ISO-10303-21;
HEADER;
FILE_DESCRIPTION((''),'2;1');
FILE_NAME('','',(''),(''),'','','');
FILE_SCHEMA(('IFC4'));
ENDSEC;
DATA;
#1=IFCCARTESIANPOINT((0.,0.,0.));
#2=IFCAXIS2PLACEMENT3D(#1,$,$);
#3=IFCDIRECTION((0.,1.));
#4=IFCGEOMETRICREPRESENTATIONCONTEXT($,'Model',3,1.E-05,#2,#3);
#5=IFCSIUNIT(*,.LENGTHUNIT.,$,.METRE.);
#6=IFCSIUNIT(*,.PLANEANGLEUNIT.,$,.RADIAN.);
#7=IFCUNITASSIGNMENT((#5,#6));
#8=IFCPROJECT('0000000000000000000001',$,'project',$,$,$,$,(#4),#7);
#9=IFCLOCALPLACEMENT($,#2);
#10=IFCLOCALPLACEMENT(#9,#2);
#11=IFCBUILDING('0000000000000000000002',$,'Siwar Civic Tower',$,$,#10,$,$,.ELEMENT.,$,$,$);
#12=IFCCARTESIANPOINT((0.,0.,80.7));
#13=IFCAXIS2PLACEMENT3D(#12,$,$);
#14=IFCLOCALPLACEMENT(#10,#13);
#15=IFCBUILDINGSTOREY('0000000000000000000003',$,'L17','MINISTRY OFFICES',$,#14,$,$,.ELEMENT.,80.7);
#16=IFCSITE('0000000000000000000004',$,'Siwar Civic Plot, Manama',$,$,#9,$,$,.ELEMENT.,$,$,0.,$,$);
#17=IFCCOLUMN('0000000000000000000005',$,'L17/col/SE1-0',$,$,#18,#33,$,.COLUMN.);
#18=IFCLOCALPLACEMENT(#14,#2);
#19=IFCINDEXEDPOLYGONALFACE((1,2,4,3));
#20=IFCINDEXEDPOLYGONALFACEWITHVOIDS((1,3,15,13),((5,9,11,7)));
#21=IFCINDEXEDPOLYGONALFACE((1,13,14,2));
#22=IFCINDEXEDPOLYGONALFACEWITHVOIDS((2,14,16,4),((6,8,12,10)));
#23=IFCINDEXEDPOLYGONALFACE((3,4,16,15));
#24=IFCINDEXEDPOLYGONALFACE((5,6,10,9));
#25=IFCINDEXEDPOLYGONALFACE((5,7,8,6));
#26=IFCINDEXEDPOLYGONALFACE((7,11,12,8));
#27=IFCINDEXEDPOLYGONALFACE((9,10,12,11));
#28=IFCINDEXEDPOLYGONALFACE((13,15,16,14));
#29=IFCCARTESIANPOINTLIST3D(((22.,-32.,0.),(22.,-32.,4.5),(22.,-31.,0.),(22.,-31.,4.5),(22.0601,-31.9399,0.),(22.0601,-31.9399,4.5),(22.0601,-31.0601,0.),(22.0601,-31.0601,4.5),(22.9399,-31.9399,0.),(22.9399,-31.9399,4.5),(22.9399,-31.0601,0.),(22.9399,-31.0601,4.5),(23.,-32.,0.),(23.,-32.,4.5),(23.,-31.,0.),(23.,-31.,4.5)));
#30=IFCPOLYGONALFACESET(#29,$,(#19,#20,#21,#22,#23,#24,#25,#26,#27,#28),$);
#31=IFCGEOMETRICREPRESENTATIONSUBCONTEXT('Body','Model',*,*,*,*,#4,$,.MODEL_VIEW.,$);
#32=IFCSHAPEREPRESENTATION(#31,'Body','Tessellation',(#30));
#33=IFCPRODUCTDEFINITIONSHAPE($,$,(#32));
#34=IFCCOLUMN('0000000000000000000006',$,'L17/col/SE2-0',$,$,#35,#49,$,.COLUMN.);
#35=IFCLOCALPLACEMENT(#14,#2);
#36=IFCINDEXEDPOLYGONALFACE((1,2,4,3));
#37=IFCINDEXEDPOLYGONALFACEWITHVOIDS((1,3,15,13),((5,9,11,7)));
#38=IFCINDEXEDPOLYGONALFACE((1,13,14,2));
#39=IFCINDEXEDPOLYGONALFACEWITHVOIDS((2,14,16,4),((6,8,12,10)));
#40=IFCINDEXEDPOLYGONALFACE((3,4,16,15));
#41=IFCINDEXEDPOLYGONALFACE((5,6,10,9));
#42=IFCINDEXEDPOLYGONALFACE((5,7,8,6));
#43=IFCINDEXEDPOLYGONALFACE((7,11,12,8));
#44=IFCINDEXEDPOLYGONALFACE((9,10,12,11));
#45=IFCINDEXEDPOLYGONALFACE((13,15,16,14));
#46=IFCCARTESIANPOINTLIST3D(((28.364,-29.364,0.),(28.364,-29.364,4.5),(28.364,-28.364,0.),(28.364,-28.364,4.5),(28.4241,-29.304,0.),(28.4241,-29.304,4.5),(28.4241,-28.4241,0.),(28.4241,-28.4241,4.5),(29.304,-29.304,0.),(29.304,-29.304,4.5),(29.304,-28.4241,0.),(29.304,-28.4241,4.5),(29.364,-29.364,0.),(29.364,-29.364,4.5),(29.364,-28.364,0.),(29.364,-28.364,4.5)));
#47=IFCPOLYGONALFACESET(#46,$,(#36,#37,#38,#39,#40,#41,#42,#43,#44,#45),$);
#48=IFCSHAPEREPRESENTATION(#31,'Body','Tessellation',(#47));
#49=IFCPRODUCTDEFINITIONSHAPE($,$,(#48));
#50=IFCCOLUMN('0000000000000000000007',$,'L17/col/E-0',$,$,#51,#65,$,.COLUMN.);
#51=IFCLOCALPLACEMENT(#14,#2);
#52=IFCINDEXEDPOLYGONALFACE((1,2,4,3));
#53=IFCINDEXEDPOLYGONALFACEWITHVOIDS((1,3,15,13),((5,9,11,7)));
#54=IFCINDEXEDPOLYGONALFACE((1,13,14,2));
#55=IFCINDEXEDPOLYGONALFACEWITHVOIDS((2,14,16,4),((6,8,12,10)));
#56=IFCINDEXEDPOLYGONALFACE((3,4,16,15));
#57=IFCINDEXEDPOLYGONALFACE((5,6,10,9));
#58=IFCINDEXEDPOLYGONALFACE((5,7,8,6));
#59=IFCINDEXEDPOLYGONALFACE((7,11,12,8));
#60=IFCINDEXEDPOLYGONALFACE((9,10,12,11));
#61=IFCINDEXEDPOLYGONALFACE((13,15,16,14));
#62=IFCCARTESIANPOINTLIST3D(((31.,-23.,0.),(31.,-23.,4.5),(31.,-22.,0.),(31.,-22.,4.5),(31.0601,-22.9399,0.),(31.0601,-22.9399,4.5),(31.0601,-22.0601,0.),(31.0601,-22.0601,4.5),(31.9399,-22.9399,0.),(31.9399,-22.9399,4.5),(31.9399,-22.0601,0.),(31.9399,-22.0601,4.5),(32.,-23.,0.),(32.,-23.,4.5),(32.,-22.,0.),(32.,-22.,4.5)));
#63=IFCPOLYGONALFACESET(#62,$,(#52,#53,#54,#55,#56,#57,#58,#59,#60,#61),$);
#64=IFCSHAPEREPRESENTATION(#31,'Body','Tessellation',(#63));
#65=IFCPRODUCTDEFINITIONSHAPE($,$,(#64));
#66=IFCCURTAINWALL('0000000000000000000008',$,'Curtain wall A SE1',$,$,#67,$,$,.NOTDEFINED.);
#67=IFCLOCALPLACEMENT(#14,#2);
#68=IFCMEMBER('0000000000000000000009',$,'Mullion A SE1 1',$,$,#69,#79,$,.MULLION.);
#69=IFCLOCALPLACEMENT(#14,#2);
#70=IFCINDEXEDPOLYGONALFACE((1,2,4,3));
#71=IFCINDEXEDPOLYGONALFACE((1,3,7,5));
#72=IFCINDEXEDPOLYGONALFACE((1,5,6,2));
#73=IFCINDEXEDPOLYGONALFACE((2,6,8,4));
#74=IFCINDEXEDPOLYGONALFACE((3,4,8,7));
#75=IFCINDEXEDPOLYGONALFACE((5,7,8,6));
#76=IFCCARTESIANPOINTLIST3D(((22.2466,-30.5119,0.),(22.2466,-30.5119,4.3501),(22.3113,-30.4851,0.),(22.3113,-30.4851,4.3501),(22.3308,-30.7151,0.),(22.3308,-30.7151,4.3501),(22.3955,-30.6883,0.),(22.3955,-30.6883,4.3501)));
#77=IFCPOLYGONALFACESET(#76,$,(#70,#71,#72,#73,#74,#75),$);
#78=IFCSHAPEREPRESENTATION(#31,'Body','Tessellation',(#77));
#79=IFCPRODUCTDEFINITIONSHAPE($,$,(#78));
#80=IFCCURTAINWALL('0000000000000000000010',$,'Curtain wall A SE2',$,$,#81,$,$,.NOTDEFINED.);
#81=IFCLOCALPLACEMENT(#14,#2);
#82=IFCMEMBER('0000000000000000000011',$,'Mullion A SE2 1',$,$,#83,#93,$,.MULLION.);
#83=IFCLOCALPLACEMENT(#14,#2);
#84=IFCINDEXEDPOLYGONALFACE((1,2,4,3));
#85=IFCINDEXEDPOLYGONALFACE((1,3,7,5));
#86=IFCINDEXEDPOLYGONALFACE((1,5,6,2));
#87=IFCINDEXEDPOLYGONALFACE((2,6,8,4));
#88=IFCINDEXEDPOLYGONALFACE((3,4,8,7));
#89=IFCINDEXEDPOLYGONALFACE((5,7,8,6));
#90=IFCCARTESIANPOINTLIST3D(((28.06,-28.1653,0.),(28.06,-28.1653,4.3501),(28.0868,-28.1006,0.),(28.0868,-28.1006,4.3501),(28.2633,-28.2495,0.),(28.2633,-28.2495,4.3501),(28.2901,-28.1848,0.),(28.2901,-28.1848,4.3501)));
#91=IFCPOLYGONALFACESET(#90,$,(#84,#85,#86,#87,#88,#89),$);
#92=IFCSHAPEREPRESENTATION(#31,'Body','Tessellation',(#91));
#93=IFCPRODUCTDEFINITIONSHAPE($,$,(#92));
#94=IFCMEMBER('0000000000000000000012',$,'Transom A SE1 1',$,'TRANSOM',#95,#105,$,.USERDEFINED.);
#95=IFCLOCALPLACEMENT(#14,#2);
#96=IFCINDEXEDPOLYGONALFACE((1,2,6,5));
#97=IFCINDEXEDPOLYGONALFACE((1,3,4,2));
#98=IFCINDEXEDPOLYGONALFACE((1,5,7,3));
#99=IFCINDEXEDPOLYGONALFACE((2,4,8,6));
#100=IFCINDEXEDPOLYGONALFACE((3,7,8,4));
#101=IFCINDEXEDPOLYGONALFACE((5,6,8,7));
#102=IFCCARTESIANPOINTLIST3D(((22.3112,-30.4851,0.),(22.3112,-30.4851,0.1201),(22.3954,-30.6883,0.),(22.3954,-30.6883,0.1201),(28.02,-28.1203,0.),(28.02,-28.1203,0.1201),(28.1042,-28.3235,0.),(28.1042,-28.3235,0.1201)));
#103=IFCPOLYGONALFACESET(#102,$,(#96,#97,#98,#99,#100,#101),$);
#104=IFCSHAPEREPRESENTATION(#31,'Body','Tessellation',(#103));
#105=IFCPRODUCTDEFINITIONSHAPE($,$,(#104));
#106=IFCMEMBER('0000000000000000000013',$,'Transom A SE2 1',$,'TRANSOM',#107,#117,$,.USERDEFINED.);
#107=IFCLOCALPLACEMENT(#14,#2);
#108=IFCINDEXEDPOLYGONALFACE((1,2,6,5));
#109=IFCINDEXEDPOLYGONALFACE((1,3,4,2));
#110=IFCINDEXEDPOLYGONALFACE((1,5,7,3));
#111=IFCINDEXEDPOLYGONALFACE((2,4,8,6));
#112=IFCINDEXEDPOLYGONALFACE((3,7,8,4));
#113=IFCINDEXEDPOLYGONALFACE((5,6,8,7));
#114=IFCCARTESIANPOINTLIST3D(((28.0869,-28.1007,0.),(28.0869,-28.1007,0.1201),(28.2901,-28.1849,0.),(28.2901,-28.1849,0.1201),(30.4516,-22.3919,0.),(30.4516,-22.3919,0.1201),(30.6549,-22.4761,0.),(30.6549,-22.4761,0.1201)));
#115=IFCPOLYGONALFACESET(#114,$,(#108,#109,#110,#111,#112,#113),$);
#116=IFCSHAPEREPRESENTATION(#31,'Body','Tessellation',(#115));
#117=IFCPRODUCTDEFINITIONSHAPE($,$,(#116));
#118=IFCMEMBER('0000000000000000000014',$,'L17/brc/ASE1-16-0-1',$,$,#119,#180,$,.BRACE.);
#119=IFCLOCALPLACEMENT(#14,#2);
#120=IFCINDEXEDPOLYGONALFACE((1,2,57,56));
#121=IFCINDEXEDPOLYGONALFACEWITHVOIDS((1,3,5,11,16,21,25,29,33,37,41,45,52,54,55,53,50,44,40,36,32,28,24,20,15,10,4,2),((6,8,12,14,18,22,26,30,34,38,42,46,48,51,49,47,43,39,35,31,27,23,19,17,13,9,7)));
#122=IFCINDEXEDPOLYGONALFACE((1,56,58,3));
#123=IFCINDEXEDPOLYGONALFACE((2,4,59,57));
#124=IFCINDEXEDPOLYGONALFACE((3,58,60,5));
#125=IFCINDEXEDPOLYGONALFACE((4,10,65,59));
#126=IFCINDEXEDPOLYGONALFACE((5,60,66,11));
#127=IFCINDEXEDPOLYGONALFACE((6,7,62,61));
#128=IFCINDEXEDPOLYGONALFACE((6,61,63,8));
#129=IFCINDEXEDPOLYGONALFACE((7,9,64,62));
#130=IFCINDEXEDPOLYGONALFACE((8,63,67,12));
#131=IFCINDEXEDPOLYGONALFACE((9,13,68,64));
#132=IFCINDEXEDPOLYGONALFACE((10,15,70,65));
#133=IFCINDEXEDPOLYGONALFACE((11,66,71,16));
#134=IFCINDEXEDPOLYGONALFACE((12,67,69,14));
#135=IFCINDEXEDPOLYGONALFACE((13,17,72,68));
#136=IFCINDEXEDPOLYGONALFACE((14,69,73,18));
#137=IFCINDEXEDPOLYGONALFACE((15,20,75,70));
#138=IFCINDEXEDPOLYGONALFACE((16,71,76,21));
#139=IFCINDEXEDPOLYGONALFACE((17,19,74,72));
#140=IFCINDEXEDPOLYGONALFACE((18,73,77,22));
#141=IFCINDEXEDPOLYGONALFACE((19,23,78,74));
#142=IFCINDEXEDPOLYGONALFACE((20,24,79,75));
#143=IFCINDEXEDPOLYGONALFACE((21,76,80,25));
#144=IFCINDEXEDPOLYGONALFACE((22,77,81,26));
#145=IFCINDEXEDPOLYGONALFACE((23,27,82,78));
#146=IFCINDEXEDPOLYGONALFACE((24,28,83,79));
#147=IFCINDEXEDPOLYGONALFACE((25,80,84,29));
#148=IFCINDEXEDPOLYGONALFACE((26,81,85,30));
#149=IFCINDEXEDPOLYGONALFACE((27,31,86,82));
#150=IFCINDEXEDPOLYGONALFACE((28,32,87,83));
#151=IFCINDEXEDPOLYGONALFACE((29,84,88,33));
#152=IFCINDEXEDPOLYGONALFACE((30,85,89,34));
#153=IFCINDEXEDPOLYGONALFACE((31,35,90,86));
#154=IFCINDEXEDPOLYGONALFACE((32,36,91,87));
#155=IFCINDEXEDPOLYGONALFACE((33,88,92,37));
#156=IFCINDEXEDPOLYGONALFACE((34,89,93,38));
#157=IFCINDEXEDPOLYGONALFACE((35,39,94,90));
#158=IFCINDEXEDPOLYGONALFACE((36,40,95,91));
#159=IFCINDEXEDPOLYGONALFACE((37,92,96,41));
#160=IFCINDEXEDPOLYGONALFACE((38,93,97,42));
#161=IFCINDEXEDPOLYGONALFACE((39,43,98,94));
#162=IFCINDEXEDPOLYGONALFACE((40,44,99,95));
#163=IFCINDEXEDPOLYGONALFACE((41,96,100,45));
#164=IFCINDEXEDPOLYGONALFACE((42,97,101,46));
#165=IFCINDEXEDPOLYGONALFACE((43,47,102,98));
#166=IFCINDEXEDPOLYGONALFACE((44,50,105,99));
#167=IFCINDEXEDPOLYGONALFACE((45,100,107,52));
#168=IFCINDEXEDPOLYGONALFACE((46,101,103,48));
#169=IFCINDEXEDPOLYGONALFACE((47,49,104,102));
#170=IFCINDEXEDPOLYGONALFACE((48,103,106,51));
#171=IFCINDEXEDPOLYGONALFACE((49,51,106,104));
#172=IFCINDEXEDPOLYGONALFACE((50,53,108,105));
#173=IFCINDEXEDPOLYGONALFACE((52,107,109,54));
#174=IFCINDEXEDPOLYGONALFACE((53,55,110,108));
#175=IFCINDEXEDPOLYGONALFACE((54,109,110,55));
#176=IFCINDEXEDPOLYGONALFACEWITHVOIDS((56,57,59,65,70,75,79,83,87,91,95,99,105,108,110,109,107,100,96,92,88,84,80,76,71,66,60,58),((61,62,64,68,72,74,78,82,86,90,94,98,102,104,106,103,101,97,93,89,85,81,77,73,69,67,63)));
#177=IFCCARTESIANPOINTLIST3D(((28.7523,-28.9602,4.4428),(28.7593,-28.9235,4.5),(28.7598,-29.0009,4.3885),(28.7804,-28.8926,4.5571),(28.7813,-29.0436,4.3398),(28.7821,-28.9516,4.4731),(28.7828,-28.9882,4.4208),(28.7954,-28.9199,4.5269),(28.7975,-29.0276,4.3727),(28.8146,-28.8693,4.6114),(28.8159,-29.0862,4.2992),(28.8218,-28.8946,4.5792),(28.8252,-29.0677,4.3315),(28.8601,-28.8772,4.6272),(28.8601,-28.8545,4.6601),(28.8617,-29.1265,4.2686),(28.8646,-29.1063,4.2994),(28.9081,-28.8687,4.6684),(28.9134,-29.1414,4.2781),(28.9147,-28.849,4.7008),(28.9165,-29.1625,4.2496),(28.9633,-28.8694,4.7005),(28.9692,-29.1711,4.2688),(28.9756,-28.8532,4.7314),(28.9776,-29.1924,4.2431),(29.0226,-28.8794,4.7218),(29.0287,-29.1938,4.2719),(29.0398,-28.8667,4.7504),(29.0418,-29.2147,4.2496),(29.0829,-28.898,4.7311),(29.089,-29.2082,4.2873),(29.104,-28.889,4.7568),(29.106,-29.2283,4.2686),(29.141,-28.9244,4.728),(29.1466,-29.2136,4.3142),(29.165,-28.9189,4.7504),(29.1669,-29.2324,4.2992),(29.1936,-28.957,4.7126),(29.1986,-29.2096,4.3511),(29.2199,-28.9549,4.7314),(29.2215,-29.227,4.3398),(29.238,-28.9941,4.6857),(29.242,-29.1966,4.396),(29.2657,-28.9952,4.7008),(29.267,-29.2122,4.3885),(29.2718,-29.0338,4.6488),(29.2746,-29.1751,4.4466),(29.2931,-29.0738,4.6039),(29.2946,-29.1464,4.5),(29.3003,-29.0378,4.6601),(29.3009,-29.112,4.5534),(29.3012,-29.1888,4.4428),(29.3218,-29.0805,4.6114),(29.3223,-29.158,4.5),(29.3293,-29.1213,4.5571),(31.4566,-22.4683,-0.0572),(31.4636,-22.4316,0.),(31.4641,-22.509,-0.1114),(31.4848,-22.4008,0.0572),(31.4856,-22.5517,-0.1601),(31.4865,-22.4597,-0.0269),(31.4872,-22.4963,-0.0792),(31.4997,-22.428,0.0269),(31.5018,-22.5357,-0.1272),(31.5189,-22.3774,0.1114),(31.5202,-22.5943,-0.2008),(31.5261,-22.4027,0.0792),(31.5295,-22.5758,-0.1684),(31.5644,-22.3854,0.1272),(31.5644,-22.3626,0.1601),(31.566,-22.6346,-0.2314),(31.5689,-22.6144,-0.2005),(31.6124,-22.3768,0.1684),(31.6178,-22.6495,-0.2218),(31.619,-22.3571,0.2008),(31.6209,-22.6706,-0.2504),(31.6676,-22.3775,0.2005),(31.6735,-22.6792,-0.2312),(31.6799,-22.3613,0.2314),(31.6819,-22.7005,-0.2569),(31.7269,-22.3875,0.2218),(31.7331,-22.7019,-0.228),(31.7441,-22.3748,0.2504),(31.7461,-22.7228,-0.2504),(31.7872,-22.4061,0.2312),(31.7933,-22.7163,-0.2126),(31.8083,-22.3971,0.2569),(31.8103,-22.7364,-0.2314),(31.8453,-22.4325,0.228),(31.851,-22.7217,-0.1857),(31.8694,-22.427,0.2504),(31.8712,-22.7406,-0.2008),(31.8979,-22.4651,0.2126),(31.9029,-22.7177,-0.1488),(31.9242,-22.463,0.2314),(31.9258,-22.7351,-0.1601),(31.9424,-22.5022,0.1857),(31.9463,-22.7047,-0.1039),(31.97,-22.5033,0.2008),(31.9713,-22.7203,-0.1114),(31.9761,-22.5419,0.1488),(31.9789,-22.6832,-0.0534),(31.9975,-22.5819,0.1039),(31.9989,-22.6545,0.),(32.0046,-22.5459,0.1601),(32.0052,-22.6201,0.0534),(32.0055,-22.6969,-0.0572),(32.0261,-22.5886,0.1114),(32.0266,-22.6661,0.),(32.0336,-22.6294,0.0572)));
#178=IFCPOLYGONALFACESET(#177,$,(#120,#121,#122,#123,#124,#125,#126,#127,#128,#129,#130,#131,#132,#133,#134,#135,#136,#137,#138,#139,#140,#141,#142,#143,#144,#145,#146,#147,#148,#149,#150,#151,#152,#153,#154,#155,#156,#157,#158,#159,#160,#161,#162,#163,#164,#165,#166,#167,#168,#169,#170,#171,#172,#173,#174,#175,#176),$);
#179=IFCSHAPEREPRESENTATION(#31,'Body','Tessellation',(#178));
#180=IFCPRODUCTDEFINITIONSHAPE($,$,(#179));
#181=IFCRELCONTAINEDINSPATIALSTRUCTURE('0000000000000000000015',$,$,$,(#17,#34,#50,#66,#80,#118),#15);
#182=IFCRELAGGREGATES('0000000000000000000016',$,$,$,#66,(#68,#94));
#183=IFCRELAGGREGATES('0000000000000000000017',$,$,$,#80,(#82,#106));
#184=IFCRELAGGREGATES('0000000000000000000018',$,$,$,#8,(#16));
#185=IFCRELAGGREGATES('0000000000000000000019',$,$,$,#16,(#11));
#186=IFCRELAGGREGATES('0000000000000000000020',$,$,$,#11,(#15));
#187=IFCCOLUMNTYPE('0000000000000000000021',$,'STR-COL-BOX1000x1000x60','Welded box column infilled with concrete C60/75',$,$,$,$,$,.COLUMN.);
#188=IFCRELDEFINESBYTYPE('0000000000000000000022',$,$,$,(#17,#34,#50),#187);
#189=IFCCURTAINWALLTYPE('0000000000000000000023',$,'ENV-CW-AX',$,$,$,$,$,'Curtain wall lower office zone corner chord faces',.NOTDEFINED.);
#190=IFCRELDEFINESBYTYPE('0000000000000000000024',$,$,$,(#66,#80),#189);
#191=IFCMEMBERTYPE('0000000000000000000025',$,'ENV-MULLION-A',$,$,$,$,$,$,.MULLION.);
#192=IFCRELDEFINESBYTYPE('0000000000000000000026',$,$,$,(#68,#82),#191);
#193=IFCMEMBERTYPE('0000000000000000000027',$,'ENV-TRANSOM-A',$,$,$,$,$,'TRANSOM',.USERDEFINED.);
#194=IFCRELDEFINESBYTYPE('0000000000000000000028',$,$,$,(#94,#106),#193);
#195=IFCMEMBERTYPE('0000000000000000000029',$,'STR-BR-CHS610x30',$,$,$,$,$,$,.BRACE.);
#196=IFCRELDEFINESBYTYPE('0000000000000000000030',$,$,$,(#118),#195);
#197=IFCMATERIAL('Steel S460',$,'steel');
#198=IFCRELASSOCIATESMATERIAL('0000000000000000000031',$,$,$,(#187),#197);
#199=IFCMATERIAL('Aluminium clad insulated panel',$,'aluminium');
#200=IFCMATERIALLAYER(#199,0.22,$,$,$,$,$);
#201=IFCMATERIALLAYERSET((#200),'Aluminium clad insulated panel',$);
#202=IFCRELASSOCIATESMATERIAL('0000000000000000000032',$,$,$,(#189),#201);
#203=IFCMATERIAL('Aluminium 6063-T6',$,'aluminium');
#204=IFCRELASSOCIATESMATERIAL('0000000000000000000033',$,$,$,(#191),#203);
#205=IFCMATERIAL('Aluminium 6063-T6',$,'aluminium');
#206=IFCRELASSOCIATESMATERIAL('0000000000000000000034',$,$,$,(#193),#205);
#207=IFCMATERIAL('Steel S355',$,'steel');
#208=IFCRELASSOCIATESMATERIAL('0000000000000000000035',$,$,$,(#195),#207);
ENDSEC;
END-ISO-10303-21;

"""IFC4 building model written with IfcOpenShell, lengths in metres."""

from ifc_helpers import new_model, si_unit, direction, frame, origin, origin_2d, place, context, subcontext, project, spatial, rectangle, hollow_rectangle, hollow_circle, extrude, material, layer, layer_set, material_profile, profile_set, type_object, element, aggregate, save


model = new_model("IFC4")

# Units and contexts
model_context = context("Model", 3, precision=1e-05, world=origin(), true_north=direction((0.0, 1.0)))
body_context = subcontext(model_context, "Body", "Model", "MODEL_VIEW")
ifc_project = project(units=[si_unit("LENGTHUNIT", "METRE"), si_unit("PLANEANGLEUNIT", "RADIAN")], contexts=[model_context])

# Site, building, storey
site_placement = place(None, origin())
site = spatial("IfcSite", under=ifc_project, at=site_placement, Name="Siwar Civic Plot, Manama", CompositionType="ELEMENT", RefElevation=0.0)
building_placement = place(site_placement, origin())
building = spatial("IfcBuilding", under=site, at=building_placement, Name="Siwar Civic Tower", CompositionType="ELEMENT")
storey_placement = place(building_placement, frame((0.0, 0.0, 80.7)))
storey = spatial("IfcBuildingStorey", under=building, at=storey_placement, Name="L17", Description="MINISTRY OFFICES", CompositionType="ELEMENT", Elevation=80.7)

# Columns
ifc_material_1 = material(Name="Steel S460", Category="steel")
ifc_material_profile_1 = material_profile(ifc_material_1, hollow_rectangle(XDim=1.0, YDim=1.0, WallThickness=0.0601, at=origin_2d()), Name="BOX1000x1000x60")
ifc_profile_set_1 = profile_set([ifc_material_profile_1], Name="Steel S460")
column_type = type_object("IfcColumnType", Name="STR-COL-BOX1000x1000x60", Description="Welded box column infilled with concrete C60/75", PredefinedType="COLUMN", material=ifc_profile_set_1)
for number, where, z_axis, x_axis, name in (
    (1, (22.5, -31.5, 0.0), (0.0, 0.0, 1.0), (1.0, 0.0, 0.0), "L17/col/SE1-0"),
    (2, (28.864, -28.864, 0.0), (0.0, 0.0, 1.0), (1.0, 0.0, 0.0), "L17/col/SE2-0"),
    (3, (31.5, -22.5, 0.0), (0.0, 0.0, 1.0), (1.0, 0.0, 0.0), "L17/col/E-0"),
):
    element("IfcColumn", number, at=place(storey_placement, frame(where, z_axis=z_axis, x_axis=x_axis)), inside=storey, type_object=column_type, Name=name, PredefinedType="COLUMN", context=body_context, shape_type="SweptSolid", body=[
        extrude(hollow_rectangle(XDim=1.0, YDim=1.0, WallThickness=0.0601, at=origin_2d()), origin(), (0.0, 0.0, 1.0), 4.5),
    ])

# Curtain walls, members
ifc_material_2 = material(Name="Aluminium clad insulated panel", Category="aluminium")
ifc_layer_1 = layer(ifc_material_2, 0.22)
ifc_layer_set_1 = layer_set([ifc_layer_1], Name="Aluminium clad insulated panel")
curtain_wall_type_1 = type_object("IfcCurtainWallType", Name="ENV-CW-AX", ElementType="Curtain wall lower office zone corner chord faces", PredefinedType="NOTDEFINED", material=ifc_layer_set_1)
curtain_wall_1_placement = place(storey_placement, origin())
curtain_wall_1 = element("IfcCurtainWall", 4, at=curtain_wall_1_placement, inside=storey, type_object=curtain_wall_type_1, Name="Curtain wall A SE1", PredefinedType="NOTDEFINED")
ifc_material_3 = material(Name="Aluminium 6063-T6", Category="aluminium")
ifc_material_profile_2 = material_profile(ifc_material_3, rectangle(XDim=0.22, YDim=0.0701, at=origin_2d()), Name="AL 220x70")
ifc_profile_set_2 = profile_set([ifc_material_profile_2], Name="Aluminium 6063-T6")
member_type_1 = type_object("IfcMemberType", Name="ENV-MULLION-A", PredefinedType="MULLION", material=ifc_profile_set_2)
member_1_placement = place(storey_placement, frame((22.321, -30.6001, 0.0), z_axis=(0.0, 0.0, 1.0), x_axis=(-0.382683, 0.92388, 0.0)))
member_1 = element("IfcMember", 5, at=member_1_placement, type_object=member_type_1, Name="Mullion A SE1 1", PredefinedType="MULLION", context=body_context, shape_type="SweptSolid", body=[
    extrude(rectangle(XDim=0.22, YDim=0.0701, at=origin_2d()), origin(), (0.0, 0.0, 1.0), 4.3501),
])
curtain_wall_2_placement = place(storey_placement, origin())
curtain_wall_2 = element("IfcCurtainWall", 6, at=curtain_wall_2_placement, inside=storey, type_object=curtain_wall_type_1, Name="Curtain wall A SE2", PredefinedType="NOTDEFINED")
member_2_placement = place(storey_placement, frame((28.175, -28.175, 0.0), z_axis=(0.0, 0.0, 1.0), x_axis=(-0.92388, 0.382683, 0.0)))
member_2 = element("IfcMember", 7, at=member_2_placement, type_object=member_type_1, Name="Mullion A SE2 1", PredefinedType="MULLION", context=body_context, shape_type="SweptSolid", body=[
    extrude(rectangle(XDim=0.22, YDim=0.0701, at=origin_2d()), origin(), (0.0, 0.0, 1.0), 4.3501),
])

# Members
ifc_material_4 = material(Name="Aluminium 6063-T6", Category="aluminium")
ifc_material_profile_3 = material_profile(ifc_material_4, rectangle(XDim=0.22, YDim=0.1201, at=origin_2d()), Name="AL 220x120")
ifc_profile_set_3 = profile_set([ifc_material_profile_3], Name="Aluminium 6063-T6")
member_type_2 = type_object("IfcMemberType", Name="ENV-TRANSOM-A", ElementType="TRANSOM", PredefinedType="USERDEFINED", material=ifc_profile_set_3)
member_3_placement = place(storey_placement, frame((22.3533, -30.5867, 0.0601), z_axis=(0.923873, 0.382698, 0.0), x_axis=(-0.382698, 0.923873, 0.0)))
member_3 = element("IfcMember", 8, at=member_3_placement, type_object=member_type_2, Name="Transom A SE1 1", ObjectType="TRANSOM", PredefinedType="USERDEFINED", context=body_context, shape_type="SweptSolid", body=[
    extrude(rectangle(XDim=0.22, YDim=0.1201, at=origin_2d()), origin(), (0.0, 0.0, 1.0), 6.1792),
])
member_4_placement = place(storey_placement, frame((28.1885, -28.1428, 0.0601), z_axis=(0.382698, 0.923873, 0.0), x_axis=(-0.923873, 0.382698, 0.0)))
member_4 = element("IfcMember", 9, at=member_4_placement, type_object=member_type_2, Name="Transom A SE2 1", ObjectType="TRANSOM", PredefinedType="USERDEFINED", context=body_context, shape_type="SweptSolid", body=[
    extrude(rectangle(XDim=0.22, YDim=0.1201, at=origin_2d()), origin(), (0.0, 0.0, 1.0), 6.1792),
])

# Member
ifc_material_5 = material(Name="Steel S355", Category="steel")
ifc_material_profile_4 = material_profile(ifc_material_5, hollow_circle(Radius=0.3049, WallThickness=0.03, at=origin_2d()), Name="CHS610x30")
ifc_profile_set_4 = profile_set([ifc_material_profile_4], Name="Steel S355")
member_type_3 = type_object("IfcMemberType", Name="STR-BR-CHS610x30", PredefinedType="BRACE", material=ifc_profile_set_4)
member_5_placement = place(storey_placement, frame((31.7451, -22.5488, 0.0), z_axis=(-0.323906, -0.777555, 0.538975), x_axis=(0.923109, -0.384539, 0.0)))
element("IfcMember", 10, at=member_5_placement, inside=storey, type_object=member_type_3, Name="L17/brc/ASE1-16-0-1", PredefinedType="BRACE", context=body_context, shape_type="SweptSolid", body=[
    extrude(hollow_circle(Radius=0.3049, WallThickness=0.03, at=origin_2d()), origin(), (0.0, 0.0, 1.0), 8.3491),
])

aggregate(curtain_wall_1, [member_1, member_3])
aggregate(curtain_wall_2, [member_2, member_4])

save(model, "model.ifc")
